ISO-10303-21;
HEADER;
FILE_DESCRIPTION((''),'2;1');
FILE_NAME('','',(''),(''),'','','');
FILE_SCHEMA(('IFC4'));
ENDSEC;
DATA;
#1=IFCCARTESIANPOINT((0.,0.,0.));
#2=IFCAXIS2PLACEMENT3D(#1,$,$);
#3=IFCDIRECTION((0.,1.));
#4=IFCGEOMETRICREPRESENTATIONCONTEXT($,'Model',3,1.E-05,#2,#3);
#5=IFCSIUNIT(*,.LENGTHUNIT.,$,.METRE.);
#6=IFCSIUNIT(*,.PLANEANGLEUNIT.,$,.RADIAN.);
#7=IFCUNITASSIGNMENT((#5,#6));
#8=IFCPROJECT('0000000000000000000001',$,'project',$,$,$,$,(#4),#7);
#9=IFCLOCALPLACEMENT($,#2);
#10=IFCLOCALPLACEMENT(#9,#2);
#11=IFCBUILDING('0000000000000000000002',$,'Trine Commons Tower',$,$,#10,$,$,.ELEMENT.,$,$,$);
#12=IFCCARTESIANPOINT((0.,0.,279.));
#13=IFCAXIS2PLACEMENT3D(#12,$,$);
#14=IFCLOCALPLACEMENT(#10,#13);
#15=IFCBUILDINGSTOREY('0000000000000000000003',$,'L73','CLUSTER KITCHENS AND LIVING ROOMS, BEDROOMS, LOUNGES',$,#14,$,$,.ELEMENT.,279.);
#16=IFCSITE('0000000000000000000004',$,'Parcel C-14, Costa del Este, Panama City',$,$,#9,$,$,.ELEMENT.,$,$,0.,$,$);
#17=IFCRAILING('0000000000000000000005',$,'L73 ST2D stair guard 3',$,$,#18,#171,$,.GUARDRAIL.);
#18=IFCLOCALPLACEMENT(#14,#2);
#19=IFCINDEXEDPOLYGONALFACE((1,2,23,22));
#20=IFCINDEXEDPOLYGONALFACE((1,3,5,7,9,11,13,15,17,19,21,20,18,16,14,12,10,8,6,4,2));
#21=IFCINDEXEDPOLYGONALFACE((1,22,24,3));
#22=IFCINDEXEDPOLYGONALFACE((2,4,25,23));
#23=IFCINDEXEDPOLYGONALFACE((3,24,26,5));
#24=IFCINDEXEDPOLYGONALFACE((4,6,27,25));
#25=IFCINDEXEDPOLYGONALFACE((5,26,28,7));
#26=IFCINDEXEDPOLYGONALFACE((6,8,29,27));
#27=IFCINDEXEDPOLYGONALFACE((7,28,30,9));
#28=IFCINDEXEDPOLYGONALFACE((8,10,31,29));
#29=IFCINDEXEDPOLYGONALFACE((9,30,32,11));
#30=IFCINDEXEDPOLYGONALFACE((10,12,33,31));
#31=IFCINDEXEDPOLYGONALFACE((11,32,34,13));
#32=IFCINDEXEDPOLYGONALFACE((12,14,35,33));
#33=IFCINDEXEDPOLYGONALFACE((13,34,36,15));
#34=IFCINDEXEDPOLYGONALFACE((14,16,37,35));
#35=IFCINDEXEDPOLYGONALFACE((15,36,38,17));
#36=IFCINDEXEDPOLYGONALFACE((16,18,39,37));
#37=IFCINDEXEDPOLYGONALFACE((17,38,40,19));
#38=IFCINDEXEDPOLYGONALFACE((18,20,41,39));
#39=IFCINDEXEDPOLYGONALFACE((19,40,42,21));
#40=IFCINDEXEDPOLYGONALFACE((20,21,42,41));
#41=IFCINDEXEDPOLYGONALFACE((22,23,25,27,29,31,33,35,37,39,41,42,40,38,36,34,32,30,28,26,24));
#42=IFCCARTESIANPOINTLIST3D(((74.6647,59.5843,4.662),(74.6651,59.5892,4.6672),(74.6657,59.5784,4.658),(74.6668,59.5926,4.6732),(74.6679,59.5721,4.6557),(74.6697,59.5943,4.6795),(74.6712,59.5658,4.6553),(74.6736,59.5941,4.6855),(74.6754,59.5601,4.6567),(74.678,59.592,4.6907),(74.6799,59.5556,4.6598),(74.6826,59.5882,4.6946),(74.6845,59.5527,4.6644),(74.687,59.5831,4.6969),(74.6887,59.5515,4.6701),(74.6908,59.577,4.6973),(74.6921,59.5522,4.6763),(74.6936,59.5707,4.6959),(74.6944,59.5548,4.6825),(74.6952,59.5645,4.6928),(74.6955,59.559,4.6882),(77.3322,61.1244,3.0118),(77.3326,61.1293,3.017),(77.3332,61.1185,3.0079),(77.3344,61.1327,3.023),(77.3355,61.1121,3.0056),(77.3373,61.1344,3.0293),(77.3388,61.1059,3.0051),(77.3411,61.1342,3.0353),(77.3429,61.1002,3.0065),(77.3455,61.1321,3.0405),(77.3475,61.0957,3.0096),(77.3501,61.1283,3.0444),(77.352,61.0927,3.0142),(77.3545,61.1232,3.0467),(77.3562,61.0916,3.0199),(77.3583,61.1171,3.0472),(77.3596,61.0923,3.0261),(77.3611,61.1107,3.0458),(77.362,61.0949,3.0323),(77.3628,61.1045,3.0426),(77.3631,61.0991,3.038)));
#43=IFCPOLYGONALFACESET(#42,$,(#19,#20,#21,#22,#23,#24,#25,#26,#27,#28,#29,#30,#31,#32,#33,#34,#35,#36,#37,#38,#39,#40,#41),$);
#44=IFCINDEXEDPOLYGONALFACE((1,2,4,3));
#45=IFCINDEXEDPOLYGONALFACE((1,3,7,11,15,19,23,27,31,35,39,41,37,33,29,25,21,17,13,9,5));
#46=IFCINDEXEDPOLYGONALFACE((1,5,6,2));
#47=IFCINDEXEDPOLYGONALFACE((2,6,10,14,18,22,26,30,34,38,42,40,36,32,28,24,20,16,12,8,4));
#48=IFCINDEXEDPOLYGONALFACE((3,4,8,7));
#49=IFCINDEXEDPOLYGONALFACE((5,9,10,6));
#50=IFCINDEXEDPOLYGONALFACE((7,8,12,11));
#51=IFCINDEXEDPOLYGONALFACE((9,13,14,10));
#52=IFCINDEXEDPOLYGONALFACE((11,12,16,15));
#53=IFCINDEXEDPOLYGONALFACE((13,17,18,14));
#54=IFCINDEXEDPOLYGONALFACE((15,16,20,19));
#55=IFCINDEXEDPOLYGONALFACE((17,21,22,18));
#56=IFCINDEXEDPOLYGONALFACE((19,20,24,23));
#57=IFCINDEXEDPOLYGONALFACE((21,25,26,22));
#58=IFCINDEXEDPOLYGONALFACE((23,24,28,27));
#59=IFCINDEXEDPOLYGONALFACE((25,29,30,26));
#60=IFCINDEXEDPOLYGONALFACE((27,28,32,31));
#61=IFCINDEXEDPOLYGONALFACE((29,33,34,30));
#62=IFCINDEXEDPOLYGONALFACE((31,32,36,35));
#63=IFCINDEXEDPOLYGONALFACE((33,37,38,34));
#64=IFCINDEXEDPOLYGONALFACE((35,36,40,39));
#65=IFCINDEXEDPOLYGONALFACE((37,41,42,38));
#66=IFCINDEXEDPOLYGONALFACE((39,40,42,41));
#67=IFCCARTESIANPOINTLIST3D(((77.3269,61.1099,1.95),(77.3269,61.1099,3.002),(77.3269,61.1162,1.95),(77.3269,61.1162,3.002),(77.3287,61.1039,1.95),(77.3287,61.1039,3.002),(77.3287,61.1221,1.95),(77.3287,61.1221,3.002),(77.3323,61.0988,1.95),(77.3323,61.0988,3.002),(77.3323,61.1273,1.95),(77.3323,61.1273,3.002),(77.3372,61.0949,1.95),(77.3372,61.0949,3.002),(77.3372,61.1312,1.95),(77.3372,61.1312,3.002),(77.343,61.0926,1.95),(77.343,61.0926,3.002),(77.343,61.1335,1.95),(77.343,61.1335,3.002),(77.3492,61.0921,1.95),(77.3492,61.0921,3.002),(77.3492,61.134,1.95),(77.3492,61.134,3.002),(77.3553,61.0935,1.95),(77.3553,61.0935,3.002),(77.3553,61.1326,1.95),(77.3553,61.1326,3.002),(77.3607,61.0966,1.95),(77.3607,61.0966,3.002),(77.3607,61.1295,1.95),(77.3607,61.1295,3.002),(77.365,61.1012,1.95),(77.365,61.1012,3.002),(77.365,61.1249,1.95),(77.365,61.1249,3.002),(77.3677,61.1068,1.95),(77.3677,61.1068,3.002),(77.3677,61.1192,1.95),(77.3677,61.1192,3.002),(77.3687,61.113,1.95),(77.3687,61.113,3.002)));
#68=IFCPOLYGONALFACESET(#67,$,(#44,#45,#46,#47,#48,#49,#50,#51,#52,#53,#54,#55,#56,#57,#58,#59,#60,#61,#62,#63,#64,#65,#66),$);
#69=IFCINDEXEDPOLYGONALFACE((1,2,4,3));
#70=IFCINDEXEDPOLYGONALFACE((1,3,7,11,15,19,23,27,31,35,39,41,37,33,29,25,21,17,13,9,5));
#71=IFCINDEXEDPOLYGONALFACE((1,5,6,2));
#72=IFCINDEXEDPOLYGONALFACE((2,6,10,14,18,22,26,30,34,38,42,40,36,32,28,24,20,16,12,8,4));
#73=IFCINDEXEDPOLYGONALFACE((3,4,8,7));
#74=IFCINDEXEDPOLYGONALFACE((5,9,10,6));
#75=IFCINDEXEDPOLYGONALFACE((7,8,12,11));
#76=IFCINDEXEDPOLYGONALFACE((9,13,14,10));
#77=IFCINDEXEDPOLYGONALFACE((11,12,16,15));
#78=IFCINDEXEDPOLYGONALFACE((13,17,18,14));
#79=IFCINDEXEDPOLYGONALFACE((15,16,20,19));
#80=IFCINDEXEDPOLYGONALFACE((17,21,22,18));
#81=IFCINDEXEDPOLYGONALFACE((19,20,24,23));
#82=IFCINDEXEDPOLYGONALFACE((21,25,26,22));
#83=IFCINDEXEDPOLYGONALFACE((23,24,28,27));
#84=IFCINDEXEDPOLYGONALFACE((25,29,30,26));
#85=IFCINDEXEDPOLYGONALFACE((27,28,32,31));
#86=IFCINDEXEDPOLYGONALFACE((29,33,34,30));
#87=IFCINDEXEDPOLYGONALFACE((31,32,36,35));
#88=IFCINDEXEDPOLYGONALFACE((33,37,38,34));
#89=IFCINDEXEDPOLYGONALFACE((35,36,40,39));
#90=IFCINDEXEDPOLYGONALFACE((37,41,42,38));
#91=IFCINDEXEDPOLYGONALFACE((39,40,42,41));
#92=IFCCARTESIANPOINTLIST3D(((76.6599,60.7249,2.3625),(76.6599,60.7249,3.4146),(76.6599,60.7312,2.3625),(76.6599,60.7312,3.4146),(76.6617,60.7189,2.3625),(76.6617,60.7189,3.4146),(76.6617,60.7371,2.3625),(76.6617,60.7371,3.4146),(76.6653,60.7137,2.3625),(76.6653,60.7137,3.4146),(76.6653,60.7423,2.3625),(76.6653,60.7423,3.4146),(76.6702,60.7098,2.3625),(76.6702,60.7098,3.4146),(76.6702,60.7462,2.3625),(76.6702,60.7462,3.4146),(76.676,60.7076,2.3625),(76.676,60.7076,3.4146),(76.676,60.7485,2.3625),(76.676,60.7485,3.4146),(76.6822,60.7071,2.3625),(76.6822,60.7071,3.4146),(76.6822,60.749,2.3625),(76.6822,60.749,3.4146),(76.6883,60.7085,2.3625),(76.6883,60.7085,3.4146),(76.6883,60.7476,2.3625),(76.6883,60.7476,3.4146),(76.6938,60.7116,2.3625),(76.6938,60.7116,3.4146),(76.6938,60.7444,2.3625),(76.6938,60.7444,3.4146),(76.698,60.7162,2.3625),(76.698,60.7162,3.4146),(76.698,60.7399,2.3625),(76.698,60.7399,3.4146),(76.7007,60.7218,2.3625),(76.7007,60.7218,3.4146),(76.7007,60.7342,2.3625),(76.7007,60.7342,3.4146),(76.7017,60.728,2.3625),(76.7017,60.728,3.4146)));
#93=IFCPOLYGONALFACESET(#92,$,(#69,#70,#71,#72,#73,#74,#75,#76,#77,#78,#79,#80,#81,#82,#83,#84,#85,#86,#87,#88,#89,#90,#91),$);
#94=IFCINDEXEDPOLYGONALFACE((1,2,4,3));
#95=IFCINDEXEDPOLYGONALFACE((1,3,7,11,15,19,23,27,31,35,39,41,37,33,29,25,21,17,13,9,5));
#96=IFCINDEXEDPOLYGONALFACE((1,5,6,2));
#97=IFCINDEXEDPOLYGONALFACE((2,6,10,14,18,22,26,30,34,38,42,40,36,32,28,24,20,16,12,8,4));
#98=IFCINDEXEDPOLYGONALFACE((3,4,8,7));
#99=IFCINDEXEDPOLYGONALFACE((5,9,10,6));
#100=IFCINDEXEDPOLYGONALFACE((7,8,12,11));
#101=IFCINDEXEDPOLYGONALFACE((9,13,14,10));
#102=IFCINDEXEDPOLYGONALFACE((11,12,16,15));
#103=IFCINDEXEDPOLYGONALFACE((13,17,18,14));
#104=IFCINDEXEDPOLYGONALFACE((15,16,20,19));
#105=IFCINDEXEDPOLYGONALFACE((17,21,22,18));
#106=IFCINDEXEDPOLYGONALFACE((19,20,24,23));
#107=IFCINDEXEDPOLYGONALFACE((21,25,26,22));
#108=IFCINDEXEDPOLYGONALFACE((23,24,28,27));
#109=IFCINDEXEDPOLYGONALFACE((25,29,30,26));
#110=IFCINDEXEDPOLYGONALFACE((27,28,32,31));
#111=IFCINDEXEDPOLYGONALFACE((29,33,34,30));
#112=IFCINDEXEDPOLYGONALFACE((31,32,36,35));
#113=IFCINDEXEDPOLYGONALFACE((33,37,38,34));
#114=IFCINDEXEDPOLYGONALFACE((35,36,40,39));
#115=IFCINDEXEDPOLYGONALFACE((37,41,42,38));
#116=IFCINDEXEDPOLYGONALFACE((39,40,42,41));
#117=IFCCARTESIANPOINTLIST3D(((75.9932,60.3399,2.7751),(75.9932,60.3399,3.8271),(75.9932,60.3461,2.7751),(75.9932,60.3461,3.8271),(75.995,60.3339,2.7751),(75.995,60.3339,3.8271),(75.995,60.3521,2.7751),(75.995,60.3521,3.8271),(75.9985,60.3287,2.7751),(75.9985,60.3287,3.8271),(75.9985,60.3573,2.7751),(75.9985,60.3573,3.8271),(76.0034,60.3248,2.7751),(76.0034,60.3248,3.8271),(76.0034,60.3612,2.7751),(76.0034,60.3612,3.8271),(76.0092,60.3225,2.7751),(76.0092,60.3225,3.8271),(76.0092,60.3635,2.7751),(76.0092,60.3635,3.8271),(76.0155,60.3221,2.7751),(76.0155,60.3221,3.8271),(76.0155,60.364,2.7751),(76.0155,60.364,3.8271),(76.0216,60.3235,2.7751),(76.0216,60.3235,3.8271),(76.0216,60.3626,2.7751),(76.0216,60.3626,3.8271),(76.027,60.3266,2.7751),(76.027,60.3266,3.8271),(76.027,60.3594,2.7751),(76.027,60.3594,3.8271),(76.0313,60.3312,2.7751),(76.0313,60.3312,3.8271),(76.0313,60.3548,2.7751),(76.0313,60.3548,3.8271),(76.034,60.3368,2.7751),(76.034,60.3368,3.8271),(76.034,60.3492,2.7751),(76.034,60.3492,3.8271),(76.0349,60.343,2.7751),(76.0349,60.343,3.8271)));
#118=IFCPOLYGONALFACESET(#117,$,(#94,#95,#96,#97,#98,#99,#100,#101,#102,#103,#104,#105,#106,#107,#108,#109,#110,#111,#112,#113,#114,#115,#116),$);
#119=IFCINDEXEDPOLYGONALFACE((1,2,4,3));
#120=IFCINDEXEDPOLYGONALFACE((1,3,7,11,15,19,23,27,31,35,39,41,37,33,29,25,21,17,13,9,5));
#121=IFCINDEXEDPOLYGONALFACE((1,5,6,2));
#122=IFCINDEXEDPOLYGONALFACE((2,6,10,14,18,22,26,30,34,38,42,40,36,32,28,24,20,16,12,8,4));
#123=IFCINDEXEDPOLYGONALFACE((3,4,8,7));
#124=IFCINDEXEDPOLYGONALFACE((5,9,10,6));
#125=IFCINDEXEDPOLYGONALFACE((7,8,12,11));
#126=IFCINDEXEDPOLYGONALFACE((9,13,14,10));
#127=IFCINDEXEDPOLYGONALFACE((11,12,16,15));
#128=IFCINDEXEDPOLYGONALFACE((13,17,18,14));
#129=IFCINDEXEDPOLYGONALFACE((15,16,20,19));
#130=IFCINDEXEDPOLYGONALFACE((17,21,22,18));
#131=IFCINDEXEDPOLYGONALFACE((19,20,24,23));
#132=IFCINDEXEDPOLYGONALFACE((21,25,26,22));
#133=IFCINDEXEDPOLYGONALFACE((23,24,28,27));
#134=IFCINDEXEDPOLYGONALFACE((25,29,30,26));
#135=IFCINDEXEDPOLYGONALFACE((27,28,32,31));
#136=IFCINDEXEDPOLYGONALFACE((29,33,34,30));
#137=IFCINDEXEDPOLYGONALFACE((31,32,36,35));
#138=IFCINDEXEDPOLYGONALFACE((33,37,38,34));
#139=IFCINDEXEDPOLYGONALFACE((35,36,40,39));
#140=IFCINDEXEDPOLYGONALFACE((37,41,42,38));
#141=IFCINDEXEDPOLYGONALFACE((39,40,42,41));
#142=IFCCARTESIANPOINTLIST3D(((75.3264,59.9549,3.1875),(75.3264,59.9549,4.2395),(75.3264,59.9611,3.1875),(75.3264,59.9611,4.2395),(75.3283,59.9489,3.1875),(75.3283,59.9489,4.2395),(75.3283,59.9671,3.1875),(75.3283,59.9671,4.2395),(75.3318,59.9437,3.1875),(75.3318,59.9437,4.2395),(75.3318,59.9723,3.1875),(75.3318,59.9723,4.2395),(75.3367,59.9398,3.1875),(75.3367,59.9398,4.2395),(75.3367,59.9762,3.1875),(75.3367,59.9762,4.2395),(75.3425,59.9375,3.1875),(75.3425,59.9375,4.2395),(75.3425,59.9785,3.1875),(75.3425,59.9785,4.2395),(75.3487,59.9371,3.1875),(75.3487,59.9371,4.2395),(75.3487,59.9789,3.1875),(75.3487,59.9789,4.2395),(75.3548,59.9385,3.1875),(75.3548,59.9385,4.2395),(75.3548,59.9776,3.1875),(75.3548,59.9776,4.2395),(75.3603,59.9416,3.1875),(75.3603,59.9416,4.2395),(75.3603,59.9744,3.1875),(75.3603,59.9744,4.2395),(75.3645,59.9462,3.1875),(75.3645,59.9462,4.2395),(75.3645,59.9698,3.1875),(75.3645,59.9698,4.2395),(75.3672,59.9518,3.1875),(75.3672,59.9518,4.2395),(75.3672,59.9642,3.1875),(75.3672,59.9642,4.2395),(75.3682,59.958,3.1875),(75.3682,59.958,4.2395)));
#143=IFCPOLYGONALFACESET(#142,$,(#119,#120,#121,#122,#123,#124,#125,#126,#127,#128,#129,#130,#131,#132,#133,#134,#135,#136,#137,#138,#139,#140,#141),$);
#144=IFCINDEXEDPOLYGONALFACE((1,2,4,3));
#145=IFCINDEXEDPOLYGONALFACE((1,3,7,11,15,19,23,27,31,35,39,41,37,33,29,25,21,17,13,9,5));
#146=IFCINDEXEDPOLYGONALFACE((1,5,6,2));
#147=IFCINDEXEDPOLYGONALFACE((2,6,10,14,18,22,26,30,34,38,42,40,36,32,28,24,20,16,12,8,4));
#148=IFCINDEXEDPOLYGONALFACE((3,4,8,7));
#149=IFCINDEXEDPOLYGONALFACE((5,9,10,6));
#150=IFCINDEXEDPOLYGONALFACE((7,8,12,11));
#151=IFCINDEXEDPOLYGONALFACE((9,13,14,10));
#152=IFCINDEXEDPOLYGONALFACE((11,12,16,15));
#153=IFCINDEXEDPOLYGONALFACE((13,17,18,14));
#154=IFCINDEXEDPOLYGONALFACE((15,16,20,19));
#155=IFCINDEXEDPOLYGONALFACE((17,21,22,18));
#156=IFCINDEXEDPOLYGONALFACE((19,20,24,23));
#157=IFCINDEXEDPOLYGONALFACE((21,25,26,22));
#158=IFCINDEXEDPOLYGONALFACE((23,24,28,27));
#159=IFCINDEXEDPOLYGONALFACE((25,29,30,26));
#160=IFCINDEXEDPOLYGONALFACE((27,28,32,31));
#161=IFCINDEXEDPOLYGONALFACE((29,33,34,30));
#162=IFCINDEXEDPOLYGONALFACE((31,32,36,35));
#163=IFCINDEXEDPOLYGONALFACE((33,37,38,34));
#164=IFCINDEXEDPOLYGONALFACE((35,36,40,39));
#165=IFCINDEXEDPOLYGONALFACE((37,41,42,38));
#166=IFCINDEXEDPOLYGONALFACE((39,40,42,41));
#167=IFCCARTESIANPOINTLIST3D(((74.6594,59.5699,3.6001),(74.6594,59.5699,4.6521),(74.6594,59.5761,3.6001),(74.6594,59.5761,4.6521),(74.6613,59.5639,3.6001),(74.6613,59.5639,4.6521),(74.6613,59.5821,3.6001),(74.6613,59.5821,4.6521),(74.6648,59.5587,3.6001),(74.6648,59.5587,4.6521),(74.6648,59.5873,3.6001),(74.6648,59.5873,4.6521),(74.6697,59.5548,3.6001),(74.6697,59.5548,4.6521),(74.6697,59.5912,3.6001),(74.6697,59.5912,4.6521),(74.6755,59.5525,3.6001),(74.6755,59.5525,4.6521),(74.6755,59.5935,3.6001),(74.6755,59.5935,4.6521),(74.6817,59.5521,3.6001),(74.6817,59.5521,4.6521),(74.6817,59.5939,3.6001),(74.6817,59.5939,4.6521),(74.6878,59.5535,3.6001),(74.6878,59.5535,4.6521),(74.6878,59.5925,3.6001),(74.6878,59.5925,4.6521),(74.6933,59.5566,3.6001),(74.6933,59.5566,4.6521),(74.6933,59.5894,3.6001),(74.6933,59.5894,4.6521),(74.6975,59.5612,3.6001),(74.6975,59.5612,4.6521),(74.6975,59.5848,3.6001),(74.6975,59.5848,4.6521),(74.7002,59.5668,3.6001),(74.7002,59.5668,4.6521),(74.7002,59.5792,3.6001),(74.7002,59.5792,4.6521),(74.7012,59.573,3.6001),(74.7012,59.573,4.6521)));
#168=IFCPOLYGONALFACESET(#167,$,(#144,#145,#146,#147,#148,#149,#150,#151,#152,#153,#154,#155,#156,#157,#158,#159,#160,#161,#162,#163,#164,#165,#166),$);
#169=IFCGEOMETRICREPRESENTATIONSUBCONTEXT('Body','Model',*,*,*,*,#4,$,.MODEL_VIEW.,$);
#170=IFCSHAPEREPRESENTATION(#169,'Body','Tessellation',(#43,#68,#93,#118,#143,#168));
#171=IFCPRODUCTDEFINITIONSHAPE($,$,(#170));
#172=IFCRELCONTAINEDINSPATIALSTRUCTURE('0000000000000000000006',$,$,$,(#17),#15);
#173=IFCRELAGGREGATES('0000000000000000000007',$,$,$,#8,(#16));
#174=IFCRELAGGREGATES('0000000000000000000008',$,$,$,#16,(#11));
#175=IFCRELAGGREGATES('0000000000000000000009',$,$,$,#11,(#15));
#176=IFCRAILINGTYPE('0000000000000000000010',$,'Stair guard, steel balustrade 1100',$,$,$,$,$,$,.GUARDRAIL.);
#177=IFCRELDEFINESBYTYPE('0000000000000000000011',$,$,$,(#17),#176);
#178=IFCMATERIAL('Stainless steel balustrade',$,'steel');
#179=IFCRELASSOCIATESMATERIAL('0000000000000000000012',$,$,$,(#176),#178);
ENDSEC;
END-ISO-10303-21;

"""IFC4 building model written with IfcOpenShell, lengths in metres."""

from ifc_helpers import new_model, si_unit, direction, frame, origin, origin_2d, place, context, subcontext, project, spatial, circle, extrude, material, type_object, element, save


model = new_model("IFC4")

# Units and contexts
model_context = context("Model", 3, precision=1e-05, world=origin(), true_north=direction((0.0, 1.0)))
body_context = subcontext(model_context, "Body", "Model", "MODEL_VIEW")
ifc_project = project(units=[si_unit("LENGTHUNIT", "METRE"), si_unit("PLANEANGLEUNIT", "RADIAN")], contexts=[model_context])

# Site, building, storey
site_placement = place(None, origin())
site = spatial("IfcSite", under=ifc_project, at=site_placement, Name="Parcel C-14, Costa del Este, Panama City", CompositionType="ELEMENT", RefElevation=0.0)
building_placement = place(site_placement, origin())
building = spatial("IfcBuilding", under=site, at=building_placement, Name="Trine Commons Tower", CompositionType="ELEMENT")
storey_placement = place(building_placement, frame((0.0, 0.0, 279.0)))
storey = spatial("IfcBuildingStorey", under=building, at=storey_placement, Name="L73", Description="CLUSTER KITCHENS AND LIVING ROOMS, BEDROOMS, LOUNGES", CompositionType="ELEMENT", Elevation=279.0)

# Railing
ifc_material_1 = material(Name="Stainless steel balustrade", Category="steel")
railing_type_1 = type_object("IfcRailingType", Name="Stair guard, steel balustrade 1100", PredefinedType="GUARDRAIL", material=ifc_material_1)
railing_1_placement = place(storey_placement, frame((77.3477, 61.113, 1.95)))
element("IfcRailing", 1, at=railing_1_placement, inside=storey, type_object=railing_type_1, Name="L73 ST2D stair guard 3", PredefinedType="GUARDRAIL", context=body_context, shape_type="SweptSolid", body=[
    extrude(circle(Radius=0.0239, at=origin_2d()), frame((0.0, 0.0, 1.0762), z_axis=(-0.76338, -0.440728, 0.472239), x_axis=(0.499992, -0.86603, 0.0)), (0.0, 0.0, 1.0), 3.4944),
    extrude(circle(Radius=0.021, at=origin_2d()), origin(), (0.0, 0.0, 1.0), 1.052),
    extrude(circle(Radius=0.021, at=origin_2d()), frame((-0.667, -0.385, 0.4126)), (0.0, 0.0, 1.0), 1.052),
    extrude(circle(Radius=0.021, at=origin_2d()), frame((-1.3337, -0.77, 0.8252)), (0.0, 0.0, 1.0), 1.052),
    extrude(circle(Radius=0.021, at=origin_2d()), frame((-2.0005, -1.155, 1.2375)), (0.0, 0.0, 1.0), 1.052),
    extrude(circle(Radius=0.021, at=origin_2d()), frame((-2.6675, -1.54, 1.6501)), (0.0, 0.0, 1.0), 1.052),
])

save(model, "model.ifc")
